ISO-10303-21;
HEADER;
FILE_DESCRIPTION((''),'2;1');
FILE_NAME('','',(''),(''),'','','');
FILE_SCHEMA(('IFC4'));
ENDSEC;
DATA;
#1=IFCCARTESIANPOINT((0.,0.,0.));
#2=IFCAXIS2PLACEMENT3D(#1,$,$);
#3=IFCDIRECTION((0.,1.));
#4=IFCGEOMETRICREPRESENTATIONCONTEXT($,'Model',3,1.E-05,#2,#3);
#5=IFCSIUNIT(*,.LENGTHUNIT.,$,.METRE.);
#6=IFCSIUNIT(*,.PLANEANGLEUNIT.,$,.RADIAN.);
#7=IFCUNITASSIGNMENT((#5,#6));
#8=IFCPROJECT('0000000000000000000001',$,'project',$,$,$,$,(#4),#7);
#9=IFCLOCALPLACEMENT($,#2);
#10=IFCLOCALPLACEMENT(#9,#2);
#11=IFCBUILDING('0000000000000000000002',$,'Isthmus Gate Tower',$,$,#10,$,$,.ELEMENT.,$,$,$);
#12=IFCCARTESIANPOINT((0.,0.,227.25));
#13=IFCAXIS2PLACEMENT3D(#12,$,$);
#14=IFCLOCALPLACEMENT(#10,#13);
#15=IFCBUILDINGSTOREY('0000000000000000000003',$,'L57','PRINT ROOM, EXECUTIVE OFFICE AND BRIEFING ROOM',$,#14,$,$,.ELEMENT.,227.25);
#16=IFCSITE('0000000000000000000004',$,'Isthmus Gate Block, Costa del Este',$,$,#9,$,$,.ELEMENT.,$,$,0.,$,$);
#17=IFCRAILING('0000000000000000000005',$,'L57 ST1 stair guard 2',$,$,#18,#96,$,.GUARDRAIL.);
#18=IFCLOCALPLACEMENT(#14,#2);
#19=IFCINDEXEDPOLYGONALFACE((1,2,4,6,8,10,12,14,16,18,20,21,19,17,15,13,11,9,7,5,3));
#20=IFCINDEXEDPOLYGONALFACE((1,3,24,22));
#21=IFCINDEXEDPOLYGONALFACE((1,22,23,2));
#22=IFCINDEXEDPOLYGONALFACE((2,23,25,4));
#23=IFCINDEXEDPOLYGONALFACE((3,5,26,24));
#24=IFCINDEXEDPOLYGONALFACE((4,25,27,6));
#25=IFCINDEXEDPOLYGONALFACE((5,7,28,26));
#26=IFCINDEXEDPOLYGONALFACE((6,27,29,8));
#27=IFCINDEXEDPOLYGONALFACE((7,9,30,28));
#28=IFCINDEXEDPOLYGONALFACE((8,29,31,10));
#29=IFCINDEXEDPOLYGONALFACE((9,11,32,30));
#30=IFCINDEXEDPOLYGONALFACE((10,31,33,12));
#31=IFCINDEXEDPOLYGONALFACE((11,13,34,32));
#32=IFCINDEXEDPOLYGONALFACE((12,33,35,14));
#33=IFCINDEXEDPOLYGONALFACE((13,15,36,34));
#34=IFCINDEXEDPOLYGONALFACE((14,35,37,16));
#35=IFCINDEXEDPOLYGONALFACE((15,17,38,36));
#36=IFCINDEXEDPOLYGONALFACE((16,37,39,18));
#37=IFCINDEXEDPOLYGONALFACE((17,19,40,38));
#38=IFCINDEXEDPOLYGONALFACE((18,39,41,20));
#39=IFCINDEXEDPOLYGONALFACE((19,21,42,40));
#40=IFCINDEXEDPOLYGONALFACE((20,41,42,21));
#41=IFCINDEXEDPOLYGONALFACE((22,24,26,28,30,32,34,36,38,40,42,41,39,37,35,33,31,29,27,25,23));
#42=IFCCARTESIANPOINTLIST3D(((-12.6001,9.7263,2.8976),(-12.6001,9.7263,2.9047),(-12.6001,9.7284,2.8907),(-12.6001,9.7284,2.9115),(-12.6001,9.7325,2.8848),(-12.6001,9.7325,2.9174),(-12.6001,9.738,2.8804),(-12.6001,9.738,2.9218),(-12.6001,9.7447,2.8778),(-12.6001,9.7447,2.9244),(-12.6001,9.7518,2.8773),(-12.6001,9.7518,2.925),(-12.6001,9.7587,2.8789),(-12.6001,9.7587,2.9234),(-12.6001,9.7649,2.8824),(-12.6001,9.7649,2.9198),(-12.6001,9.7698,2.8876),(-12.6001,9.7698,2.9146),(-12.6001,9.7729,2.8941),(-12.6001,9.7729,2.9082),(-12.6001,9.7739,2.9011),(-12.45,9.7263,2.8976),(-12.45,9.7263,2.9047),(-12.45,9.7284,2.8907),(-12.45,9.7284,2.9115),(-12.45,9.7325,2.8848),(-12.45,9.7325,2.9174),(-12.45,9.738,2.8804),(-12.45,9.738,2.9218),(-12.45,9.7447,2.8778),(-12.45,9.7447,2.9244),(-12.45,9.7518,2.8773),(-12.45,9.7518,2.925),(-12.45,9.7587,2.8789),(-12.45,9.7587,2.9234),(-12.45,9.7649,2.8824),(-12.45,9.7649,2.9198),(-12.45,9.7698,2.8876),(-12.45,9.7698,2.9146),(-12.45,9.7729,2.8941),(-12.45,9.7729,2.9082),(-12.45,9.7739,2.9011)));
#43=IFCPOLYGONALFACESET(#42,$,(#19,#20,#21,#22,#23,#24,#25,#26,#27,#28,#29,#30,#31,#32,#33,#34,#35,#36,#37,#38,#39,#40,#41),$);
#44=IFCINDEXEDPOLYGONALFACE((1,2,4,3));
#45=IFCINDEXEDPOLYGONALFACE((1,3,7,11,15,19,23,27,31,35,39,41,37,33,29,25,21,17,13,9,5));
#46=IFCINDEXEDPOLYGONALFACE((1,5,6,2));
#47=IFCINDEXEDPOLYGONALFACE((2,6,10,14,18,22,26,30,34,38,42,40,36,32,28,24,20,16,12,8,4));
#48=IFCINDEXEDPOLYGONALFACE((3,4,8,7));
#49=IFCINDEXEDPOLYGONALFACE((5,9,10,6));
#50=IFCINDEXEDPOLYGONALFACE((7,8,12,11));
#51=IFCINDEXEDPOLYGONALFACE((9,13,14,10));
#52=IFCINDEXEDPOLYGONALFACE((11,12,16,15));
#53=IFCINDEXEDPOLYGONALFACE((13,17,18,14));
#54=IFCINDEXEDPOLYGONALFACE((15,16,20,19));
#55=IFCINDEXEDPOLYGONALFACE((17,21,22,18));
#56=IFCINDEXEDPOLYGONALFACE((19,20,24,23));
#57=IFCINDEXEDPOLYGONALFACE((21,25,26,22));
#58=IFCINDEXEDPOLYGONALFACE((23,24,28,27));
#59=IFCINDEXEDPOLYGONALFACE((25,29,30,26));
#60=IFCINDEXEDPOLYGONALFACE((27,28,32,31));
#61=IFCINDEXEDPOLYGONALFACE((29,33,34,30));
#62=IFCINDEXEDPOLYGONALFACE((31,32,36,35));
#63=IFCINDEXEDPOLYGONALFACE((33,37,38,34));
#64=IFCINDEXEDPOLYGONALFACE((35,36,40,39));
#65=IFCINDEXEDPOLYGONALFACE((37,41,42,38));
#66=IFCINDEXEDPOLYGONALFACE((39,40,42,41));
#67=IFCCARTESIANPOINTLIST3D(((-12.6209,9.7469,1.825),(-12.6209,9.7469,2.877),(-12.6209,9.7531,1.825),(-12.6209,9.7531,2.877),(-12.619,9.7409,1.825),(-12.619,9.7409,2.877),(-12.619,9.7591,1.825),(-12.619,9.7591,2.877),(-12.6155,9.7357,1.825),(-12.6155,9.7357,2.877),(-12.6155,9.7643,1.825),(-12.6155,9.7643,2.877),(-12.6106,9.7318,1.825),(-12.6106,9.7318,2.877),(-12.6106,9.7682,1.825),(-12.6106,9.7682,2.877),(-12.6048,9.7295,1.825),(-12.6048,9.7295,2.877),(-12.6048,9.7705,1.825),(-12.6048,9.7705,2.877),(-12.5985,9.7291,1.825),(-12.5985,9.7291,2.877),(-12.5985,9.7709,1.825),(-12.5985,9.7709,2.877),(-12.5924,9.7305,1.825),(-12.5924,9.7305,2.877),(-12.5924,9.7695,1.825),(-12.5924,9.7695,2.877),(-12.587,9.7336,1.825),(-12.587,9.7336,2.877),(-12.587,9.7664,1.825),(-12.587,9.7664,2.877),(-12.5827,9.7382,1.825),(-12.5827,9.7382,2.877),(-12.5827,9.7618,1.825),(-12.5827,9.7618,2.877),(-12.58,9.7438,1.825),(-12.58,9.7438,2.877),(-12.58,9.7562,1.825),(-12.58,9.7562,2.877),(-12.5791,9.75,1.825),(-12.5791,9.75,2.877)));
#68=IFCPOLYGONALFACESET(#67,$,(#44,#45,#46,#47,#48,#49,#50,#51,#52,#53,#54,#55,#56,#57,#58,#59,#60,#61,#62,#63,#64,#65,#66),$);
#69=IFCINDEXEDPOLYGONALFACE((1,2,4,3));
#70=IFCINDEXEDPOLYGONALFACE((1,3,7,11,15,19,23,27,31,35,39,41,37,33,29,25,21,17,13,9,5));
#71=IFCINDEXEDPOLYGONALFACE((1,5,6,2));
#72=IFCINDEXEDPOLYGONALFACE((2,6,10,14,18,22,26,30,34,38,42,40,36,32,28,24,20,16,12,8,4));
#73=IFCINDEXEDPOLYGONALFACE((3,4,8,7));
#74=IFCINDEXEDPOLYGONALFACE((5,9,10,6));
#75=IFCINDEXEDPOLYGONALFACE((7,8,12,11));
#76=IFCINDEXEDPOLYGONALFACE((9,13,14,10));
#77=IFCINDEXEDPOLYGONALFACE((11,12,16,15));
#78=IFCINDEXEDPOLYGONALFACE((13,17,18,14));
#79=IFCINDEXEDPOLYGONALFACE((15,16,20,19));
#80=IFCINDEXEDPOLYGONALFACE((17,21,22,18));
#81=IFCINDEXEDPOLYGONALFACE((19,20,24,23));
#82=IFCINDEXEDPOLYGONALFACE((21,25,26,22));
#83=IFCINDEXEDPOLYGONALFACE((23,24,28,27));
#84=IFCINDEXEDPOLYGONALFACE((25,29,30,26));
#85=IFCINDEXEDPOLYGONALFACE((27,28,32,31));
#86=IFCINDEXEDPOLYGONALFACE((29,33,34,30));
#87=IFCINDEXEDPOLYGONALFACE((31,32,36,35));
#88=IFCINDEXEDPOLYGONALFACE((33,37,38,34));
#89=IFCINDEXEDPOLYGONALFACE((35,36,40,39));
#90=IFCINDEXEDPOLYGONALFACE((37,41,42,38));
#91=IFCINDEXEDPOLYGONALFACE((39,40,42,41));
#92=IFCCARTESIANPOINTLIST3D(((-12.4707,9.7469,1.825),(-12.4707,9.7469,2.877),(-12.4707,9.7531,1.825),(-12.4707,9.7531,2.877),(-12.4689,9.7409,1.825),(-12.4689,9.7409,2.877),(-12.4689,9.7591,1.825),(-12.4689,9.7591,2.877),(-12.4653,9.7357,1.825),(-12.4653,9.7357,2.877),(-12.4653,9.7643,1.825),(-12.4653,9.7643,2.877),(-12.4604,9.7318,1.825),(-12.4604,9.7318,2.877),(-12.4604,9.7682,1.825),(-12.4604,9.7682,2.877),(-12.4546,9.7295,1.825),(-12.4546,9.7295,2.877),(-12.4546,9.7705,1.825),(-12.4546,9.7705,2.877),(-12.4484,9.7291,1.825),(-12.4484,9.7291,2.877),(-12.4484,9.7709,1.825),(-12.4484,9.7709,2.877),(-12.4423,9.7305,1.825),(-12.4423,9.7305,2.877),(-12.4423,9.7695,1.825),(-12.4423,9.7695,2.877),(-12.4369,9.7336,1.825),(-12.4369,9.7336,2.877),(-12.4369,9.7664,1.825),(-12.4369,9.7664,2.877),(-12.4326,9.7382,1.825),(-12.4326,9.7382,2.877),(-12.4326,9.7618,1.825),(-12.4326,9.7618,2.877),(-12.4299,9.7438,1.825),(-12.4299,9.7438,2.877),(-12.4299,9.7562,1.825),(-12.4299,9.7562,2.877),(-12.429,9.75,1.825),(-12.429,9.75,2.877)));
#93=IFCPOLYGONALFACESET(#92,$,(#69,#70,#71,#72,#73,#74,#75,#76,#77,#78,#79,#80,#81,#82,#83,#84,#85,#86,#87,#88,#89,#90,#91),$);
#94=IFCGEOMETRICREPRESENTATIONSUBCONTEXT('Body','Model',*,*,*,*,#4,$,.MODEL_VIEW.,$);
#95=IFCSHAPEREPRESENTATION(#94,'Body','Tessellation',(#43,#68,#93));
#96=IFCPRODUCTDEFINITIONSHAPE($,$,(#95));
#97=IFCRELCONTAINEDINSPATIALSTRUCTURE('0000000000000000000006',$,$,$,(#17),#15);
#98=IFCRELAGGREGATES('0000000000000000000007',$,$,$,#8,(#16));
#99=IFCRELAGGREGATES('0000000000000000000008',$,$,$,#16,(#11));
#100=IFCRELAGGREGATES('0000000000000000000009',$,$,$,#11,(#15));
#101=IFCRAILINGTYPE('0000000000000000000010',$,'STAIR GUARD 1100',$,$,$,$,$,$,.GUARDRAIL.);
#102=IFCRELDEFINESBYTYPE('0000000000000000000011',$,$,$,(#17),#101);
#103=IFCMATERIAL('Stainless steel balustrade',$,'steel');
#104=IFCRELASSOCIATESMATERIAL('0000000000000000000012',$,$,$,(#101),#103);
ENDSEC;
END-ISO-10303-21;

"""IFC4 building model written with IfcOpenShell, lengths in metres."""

from ifc_helpers import new_model, si_unit, direction, frame, origin, origin_2d, place, context, subcontext, project, spatial, circle, extrude, material, type_object, element, save


model = new_model("IFC4")

# Units and contexts
model_context = context("Model", 3, precision=1e-05, world=origin(), true_north=direction((0.0, 1.0)))
body_context = subcontext(model_context, "Body", "Model", "MODEL_VIEW")
ifc_project = project(units=[si_unit("LENGTHUNIT", "METRE"), si_unit("PLANEANGLEUNIT", "RADIAN")], contexts=[model_context])

# Site, building, storey
site_placement = place(None, origin())
site = spatial("IfcSite", under=ifc_project, at=site_placement, Name="Isthmus Gate Block, Costa del Este", CompositionType="ELEMENT", RefElevation=0.0)
building_placement = place(site_placement, origin())
building = spatial("IfcBuilding", under=site, at=building_placement, Name="Isthmus Gate Tower", CompositionType="ELEMENT")
storey_placement = place(building_placement, frame((0.0, 0.0, 227.25)))
storey = spatial("IfcBuildingStorey", under=building, at=storey_placement, Name="L57", Description="PRINT ROOM, EXECUTIVE OFFICE AND BRIEFING ROOM", CompositionType="ELEMENT", Elevation=227.25)

# Railing
ifc_material_1 = material(Name="Stainless steel balustrade", Category="steel")
railing_type_1 = type_object("IfcRailingType", Name="STAIR GUARD 1100", PredefinedType="GUARDRAIL", material=ifc_material_1)
railing_1_placement = place(storey_placement, frame((-12.6001, 9.75, 1.825)))
element("IfcRailing", 1, at=railing_1_placement, inside=storey, type_object=railing_type_1, Name="L57 ST1 stair guard 2", PredefinedType="GUARDRAIL", context=body_context, shape_type="SweptSolid", body=[
    extrude(circle(Radius=0.0239, at=origin_2d()), frame((0.0, 0.0, 1.0762), z_axis=(1.0, 0.0, 0.0), x_axis=(0.0, 1.0, 0.0)), (0.0, 0.0, 1.0), 0.1501),
    extrude(circle(Radius=0.021, at=origin_2d()), origin(), (0.0, 0.0, 1.0), 1.052),
    extrude(circle(Radius=0.021, at=origin_2d()), frame((0.1501, 0.0, 0.0)), (0.0, 0.0, 1.0), 1.052),
])

save(model, "model.ifc")
